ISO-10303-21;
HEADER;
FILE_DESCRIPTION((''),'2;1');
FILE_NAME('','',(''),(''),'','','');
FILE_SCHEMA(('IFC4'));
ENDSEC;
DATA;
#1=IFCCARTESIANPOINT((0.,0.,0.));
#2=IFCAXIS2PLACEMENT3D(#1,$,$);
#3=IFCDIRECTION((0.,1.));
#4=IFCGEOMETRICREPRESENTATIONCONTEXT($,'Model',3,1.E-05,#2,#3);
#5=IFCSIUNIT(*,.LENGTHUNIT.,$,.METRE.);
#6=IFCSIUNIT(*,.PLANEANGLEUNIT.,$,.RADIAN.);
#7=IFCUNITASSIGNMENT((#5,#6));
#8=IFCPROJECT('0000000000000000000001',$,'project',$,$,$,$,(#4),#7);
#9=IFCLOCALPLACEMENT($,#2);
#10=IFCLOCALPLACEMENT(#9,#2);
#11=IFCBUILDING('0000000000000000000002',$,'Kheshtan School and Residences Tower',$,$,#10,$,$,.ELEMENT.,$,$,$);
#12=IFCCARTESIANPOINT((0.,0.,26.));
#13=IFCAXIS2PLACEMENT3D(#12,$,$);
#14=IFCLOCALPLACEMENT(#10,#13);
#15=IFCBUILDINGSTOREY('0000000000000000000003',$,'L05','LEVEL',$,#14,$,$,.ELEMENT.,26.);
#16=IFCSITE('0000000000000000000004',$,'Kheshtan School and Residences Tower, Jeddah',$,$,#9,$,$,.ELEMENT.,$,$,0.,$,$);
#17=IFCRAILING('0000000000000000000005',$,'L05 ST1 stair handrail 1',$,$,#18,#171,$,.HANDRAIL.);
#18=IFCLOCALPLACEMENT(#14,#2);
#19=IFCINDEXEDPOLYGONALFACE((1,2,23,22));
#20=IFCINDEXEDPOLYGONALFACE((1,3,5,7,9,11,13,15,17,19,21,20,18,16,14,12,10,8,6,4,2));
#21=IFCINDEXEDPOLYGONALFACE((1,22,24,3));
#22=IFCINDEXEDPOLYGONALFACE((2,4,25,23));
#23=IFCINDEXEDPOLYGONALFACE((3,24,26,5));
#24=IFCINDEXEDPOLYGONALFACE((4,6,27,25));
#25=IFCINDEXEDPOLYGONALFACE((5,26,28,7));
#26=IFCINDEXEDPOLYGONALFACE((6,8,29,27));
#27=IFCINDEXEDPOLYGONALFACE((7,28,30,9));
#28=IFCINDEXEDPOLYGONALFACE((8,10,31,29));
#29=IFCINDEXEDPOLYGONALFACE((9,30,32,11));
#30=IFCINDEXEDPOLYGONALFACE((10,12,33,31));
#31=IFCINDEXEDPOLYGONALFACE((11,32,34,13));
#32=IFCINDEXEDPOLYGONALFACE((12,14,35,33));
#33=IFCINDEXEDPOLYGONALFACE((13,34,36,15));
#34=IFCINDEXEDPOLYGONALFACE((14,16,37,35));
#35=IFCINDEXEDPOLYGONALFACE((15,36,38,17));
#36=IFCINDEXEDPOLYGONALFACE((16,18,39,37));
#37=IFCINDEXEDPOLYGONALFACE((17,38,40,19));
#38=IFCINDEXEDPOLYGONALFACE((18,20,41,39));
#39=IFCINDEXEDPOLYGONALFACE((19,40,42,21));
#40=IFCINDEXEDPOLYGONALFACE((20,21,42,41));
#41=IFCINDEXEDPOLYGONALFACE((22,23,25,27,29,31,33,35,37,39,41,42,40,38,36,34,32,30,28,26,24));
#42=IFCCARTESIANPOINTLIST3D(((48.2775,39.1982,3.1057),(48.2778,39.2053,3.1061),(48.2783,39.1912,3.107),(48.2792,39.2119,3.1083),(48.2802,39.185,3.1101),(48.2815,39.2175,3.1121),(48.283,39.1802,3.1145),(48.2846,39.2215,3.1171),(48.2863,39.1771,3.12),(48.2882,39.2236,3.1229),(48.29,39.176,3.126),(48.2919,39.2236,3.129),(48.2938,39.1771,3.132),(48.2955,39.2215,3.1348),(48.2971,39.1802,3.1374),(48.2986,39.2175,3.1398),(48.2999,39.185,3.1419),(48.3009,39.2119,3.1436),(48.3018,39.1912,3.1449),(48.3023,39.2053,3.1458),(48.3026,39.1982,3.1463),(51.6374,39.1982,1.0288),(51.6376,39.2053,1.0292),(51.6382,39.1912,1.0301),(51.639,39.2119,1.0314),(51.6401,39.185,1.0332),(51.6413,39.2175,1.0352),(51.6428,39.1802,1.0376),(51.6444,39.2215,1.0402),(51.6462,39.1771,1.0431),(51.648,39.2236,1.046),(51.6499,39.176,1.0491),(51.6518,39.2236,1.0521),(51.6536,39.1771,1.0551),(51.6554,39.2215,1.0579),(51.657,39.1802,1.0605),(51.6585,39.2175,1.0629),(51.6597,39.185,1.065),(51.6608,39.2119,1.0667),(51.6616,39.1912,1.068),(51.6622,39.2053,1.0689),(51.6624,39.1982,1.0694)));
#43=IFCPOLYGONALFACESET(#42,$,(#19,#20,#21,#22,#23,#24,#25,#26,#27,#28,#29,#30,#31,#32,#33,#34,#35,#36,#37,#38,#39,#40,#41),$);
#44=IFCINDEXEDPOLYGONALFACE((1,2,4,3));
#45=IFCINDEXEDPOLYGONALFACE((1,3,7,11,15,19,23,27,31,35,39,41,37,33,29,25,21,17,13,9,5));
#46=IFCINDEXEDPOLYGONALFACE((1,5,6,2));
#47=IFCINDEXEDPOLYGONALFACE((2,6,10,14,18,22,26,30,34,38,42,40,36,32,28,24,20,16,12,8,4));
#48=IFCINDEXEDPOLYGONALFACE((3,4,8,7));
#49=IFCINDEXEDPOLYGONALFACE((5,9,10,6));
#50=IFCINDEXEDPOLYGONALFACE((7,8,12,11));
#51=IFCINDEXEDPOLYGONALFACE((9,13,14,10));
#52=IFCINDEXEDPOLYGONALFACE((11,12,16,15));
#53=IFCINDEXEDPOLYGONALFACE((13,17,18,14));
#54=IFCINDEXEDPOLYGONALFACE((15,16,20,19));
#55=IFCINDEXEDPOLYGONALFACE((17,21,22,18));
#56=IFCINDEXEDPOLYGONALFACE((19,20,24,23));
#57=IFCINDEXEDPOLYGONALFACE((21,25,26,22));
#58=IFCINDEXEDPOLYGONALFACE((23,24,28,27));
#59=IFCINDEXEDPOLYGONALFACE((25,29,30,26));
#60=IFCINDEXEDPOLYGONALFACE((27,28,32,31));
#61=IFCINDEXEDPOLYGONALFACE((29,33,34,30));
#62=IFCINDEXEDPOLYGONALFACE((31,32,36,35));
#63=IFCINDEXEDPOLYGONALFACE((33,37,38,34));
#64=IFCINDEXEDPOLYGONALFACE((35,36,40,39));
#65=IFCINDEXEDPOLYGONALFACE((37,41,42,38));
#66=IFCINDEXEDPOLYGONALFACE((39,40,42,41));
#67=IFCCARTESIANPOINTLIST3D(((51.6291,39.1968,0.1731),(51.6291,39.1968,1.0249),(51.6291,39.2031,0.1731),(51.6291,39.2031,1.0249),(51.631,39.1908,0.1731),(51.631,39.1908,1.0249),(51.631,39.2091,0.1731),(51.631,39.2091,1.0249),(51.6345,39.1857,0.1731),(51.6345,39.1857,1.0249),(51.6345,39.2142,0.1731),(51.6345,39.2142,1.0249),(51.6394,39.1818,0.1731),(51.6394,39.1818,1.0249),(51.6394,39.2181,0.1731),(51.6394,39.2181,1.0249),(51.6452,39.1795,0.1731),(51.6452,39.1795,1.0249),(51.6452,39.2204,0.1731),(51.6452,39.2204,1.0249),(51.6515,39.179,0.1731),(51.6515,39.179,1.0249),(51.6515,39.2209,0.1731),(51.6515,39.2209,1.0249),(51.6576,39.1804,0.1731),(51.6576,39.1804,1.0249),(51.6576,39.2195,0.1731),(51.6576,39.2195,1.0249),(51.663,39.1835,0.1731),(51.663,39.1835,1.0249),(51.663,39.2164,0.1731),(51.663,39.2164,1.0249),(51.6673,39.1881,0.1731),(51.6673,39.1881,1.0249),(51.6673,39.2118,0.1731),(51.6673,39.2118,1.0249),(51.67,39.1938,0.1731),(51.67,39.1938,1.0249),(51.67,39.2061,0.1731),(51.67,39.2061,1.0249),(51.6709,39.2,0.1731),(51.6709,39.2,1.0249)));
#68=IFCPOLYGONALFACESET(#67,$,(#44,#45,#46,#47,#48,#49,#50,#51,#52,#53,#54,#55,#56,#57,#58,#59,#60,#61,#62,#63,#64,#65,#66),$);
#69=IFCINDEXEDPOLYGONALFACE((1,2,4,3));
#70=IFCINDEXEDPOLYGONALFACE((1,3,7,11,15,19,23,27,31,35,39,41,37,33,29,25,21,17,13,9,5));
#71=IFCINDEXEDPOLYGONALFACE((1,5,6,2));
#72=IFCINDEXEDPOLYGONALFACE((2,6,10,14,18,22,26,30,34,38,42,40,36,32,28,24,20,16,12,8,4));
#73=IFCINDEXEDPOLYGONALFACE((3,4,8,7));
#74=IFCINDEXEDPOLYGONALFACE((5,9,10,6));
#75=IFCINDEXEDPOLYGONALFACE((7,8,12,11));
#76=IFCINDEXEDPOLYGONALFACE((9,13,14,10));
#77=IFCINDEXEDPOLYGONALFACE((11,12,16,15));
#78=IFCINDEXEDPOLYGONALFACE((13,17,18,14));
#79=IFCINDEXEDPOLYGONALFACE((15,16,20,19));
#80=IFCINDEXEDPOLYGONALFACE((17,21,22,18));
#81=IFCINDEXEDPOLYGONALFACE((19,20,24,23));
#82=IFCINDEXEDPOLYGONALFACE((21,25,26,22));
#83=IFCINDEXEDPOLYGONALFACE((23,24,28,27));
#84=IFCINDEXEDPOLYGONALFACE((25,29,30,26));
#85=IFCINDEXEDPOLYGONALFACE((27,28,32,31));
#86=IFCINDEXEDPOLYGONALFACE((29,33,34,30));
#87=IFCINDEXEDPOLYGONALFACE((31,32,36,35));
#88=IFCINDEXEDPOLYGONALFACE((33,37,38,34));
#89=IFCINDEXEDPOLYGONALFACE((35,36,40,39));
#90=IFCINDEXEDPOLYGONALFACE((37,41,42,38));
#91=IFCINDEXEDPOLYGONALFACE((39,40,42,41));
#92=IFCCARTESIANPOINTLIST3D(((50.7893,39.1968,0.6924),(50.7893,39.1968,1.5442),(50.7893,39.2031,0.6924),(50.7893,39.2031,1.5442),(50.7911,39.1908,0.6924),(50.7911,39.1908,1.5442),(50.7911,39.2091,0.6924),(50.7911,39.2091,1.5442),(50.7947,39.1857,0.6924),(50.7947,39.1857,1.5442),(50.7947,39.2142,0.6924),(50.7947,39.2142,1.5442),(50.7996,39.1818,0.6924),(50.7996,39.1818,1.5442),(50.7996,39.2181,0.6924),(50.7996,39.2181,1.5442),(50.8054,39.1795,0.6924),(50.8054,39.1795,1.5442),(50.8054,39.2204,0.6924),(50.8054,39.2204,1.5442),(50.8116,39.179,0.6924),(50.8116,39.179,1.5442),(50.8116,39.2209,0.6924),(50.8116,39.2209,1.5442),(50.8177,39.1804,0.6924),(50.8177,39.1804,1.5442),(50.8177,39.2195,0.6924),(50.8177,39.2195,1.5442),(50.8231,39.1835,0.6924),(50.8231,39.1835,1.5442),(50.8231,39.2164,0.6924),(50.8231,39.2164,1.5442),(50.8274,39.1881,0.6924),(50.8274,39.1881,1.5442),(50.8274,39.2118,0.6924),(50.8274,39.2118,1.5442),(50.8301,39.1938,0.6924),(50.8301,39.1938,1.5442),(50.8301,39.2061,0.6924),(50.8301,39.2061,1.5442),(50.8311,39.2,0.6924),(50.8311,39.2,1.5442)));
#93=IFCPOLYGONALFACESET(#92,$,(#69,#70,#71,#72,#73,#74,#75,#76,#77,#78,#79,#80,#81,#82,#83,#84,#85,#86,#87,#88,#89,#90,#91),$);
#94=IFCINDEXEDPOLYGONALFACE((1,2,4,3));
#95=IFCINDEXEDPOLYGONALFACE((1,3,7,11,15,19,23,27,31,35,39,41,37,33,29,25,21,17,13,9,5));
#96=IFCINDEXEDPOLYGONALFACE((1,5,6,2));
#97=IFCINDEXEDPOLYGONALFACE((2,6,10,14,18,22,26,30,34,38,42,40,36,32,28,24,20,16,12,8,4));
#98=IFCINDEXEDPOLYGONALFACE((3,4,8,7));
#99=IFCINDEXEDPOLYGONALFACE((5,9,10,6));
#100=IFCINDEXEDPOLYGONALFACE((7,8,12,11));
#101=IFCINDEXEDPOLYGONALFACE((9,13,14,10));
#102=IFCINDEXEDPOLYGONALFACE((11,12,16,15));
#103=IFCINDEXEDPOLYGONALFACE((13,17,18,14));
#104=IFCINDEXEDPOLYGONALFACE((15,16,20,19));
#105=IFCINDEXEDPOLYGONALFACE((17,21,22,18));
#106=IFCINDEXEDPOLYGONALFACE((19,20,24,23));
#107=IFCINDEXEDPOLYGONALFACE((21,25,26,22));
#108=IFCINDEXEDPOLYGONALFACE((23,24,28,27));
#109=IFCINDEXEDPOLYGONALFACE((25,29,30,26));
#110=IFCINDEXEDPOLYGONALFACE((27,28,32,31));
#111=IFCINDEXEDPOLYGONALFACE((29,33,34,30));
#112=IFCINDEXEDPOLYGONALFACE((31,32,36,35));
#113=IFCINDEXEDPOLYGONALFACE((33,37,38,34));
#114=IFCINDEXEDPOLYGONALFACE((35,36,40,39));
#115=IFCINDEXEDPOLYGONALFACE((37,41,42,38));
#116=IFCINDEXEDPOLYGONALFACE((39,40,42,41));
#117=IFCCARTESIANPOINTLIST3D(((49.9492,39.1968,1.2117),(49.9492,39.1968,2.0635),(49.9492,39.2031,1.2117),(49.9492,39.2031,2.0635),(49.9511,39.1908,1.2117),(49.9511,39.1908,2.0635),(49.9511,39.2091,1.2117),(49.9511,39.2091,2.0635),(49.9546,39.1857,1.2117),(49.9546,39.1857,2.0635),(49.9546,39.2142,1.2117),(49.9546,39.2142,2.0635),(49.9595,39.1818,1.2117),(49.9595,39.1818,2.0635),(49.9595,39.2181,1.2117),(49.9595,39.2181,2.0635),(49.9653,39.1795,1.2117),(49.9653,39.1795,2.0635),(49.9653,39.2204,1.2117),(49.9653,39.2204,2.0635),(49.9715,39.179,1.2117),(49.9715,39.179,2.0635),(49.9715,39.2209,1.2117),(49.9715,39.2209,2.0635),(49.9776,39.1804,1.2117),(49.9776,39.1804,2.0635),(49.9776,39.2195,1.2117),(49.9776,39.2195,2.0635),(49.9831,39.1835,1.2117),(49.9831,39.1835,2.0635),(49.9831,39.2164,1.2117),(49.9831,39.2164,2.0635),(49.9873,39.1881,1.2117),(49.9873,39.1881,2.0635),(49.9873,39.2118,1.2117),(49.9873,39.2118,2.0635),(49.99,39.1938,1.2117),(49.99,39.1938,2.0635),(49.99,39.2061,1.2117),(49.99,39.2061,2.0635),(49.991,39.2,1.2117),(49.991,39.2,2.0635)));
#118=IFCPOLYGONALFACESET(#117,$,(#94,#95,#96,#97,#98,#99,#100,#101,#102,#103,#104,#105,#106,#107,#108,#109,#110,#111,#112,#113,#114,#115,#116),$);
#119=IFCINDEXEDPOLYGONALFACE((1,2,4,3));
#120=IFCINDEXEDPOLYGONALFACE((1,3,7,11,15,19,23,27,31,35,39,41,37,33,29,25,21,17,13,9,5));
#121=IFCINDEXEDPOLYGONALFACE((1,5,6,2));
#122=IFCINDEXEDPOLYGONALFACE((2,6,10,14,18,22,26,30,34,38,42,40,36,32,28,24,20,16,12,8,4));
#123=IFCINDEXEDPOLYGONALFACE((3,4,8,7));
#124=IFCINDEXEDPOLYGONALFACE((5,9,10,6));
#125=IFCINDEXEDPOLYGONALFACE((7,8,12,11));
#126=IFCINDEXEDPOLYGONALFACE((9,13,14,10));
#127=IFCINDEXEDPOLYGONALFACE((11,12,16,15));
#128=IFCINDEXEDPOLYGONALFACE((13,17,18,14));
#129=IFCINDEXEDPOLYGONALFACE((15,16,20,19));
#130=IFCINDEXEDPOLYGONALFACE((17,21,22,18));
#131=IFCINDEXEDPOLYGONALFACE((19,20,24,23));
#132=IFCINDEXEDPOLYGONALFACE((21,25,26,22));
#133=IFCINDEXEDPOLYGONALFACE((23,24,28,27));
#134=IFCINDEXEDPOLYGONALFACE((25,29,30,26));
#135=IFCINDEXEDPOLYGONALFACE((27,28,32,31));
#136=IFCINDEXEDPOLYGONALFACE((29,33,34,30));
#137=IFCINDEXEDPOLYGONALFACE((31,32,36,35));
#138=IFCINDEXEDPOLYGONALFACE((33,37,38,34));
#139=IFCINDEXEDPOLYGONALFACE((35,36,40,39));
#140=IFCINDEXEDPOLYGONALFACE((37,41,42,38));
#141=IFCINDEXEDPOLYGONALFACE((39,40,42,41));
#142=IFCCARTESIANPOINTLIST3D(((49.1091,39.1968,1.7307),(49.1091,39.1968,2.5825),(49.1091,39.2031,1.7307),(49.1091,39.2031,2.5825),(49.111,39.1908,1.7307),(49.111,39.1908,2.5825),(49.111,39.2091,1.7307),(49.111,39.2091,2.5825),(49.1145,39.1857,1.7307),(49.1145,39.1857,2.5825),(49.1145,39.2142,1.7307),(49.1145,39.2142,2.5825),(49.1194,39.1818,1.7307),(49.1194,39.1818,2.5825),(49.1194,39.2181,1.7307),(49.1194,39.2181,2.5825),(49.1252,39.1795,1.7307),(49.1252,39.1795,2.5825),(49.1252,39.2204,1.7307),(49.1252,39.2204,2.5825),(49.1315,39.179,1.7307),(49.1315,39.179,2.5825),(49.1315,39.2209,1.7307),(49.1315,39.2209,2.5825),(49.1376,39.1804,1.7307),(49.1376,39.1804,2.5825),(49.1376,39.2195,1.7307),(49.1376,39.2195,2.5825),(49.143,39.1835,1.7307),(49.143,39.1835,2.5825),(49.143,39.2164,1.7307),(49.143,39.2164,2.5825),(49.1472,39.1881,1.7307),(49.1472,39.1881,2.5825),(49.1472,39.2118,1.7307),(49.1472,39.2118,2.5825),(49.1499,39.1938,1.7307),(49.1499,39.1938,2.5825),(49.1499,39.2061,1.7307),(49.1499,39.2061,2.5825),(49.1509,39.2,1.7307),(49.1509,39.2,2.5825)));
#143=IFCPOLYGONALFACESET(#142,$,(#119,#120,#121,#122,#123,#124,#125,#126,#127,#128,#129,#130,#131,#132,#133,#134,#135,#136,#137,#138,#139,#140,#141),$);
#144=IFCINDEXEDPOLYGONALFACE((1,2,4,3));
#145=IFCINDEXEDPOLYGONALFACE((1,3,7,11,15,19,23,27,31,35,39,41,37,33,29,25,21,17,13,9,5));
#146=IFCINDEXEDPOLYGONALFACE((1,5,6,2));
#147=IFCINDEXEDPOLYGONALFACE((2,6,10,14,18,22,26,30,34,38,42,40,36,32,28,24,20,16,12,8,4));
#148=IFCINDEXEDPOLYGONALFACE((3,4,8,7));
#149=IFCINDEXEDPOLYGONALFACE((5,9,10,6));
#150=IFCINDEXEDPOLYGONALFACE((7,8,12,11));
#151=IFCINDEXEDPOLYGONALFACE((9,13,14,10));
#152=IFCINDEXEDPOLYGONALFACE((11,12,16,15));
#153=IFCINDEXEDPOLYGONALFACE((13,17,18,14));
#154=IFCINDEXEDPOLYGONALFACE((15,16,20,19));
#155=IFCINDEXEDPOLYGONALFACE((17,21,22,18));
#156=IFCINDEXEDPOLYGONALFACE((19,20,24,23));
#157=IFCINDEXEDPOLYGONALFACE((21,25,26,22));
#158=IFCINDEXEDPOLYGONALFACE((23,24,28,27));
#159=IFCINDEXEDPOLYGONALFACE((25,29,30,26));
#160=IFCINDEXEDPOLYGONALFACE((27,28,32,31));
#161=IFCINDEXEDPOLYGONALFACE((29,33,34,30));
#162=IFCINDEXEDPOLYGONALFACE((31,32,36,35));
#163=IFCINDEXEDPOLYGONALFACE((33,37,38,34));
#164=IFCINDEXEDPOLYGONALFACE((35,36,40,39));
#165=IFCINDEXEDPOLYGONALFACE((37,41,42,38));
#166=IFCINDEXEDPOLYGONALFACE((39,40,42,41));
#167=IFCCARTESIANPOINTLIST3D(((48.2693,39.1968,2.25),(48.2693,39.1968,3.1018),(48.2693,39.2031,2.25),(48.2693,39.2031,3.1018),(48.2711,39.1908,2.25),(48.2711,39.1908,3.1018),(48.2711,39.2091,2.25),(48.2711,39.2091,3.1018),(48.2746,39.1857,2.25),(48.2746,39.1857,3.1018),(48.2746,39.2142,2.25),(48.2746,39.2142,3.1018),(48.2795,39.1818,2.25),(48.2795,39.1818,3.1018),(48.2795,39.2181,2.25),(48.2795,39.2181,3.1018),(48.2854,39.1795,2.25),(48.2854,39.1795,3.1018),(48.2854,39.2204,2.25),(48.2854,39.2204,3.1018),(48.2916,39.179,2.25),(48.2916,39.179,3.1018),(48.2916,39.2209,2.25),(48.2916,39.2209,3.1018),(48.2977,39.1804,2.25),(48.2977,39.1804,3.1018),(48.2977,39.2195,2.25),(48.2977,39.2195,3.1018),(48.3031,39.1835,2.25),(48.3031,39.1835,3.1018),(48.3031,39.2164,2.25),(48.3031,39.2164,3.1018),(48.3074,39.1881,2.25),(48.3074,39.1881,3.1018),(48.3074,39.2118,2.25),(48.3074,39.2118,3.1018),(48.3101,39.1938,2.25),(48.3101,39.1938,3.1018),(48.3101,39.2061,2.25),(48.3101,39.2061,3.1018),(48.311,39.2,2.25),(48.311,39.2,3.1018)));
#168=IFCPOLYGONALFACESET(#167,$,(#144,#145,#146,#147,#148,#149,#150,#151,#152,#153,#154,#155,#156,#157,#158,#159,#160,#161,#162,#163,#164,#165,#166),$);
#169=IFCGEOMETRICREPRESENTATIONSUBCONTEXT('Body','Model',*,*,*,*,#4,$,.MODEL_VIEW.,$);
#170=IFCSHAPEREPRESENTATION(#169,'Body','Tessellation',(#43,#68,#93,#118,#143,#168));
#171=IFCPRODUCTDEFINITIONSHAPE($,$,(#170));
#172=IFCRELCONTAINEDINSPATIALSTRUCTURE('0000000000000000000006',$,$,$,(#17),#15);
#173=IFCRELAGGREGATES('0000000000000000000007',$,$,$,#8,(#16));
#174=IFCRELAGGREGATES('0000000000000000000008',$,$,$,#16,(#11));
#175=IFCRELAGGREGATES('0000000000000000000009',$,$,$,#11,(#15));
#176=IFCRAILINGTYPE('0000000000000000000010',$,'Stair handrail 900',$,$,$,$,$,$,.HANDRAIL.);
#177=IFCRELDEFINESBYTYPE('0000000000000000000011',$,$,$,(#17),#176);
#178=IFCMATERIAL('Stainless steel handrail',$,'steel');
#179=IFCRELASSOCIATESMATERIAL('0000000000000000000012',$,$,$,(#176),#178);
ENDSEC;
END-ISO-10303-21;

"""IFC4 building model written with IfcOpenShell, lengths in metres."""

from ifc_helpers import new_model, si_unit, direction, frame, origin, origin_2d, place, context, subcontext, project, spatial, circle, extrude, material, type_object, element, save


model = new_model("IFC4")

# Units and contexts
model_context = context("Model", 3, precision=1e-05, world=origin(), true_north=direction((0.0, 1.0)))
body_context = subcontext(model_context, "Body", "Model", "MODEL_VIEW")
ifc_project = project(units=[si_unit("LENGTHUNIT", "METRE"), si_unit("PLANEANGLEUNIT", "RADIAN")], contexts=[model_context])

# Site, building, storey
site_placement = place(None, origin())
site = spatial("IfcSite", under=ifc_project, at=site_placement, Name="Kheshtan School and Residences Tower, Jeddah", CompositionType="ELEMENT", RefElevation=0.0)
building_placement = place(site_placement, origin())
building = spatial("IfcBuilding", under=site, at=building_placement, Name="Kheshtan School and Residences Tower", CompositionType="ELEMENT")
storey_placement = place(building_placement, frame((0.0, 0.0, 26.0)))
storey = spatial("IfcBuildingStorey", under=building, at=storey_placement, Name="L05", Description="LEVEL", CompositionType="ELEMENT", Elevation=26.0)

# Railing
ifc_material_1 = material(Name="Stainless steel handrail", Category="steel")
railing_type_1 = type_object("IfcRailingType", Name="Stair handrail 900", PredefinedType="HANDRAIL", material=ifc_material_1)
railing_1_placement = place(storey_placement, frame((51.6499, 39.2, 0.1731)))
element("IfcRailing", 1, at=railing_1_placement, inside=storey, type_object=railing_type_1, Name="L05 ST1 stair handrail 1", PredefinedType="HANDRAIL", context=body_context, shape_type="SweptSolid", body=[
    extrude(circle(Radius=0.0239, at=origin_2d()), frame((0.0, 0.0, 0.876), z_axis=(-0.850606, 0.0, 0.525803), x_axis=(0.0, -1.0, 0.0)), (0.0, 0.0, 1.0), 3.95),
    extrude(circle(Radius=0.021, at=origin_2d()), origin(), (0.0, 0.0, 1.0), 0.8518),
    extrude(circle(Radius=0.021, at=origin_2d()), frame((-0.8398, 0.0, 0.5193)), (0.0, 0.0, 1.0), 0.8518),
    extrude(circle(Radius=0.021, at=origin_2d()), frame((-1.6799, 0.0, 1.0386)), (0.0, 0.0, 1.0), 0.8518),
    extrude(circle(Radius=0.021, at=origin_2d()), frame((-2.52, 0.0, 1.5576)), (0.0, 0.0, 1.0), 0.8518),
    extrude(circle(Radius=0.021, at=origin_2d()), frame((-3.3599, 0.0, 2.0769)), (0.0, 0.0, 1.0), 0.8518),
])

save(model, "model.ifc")
